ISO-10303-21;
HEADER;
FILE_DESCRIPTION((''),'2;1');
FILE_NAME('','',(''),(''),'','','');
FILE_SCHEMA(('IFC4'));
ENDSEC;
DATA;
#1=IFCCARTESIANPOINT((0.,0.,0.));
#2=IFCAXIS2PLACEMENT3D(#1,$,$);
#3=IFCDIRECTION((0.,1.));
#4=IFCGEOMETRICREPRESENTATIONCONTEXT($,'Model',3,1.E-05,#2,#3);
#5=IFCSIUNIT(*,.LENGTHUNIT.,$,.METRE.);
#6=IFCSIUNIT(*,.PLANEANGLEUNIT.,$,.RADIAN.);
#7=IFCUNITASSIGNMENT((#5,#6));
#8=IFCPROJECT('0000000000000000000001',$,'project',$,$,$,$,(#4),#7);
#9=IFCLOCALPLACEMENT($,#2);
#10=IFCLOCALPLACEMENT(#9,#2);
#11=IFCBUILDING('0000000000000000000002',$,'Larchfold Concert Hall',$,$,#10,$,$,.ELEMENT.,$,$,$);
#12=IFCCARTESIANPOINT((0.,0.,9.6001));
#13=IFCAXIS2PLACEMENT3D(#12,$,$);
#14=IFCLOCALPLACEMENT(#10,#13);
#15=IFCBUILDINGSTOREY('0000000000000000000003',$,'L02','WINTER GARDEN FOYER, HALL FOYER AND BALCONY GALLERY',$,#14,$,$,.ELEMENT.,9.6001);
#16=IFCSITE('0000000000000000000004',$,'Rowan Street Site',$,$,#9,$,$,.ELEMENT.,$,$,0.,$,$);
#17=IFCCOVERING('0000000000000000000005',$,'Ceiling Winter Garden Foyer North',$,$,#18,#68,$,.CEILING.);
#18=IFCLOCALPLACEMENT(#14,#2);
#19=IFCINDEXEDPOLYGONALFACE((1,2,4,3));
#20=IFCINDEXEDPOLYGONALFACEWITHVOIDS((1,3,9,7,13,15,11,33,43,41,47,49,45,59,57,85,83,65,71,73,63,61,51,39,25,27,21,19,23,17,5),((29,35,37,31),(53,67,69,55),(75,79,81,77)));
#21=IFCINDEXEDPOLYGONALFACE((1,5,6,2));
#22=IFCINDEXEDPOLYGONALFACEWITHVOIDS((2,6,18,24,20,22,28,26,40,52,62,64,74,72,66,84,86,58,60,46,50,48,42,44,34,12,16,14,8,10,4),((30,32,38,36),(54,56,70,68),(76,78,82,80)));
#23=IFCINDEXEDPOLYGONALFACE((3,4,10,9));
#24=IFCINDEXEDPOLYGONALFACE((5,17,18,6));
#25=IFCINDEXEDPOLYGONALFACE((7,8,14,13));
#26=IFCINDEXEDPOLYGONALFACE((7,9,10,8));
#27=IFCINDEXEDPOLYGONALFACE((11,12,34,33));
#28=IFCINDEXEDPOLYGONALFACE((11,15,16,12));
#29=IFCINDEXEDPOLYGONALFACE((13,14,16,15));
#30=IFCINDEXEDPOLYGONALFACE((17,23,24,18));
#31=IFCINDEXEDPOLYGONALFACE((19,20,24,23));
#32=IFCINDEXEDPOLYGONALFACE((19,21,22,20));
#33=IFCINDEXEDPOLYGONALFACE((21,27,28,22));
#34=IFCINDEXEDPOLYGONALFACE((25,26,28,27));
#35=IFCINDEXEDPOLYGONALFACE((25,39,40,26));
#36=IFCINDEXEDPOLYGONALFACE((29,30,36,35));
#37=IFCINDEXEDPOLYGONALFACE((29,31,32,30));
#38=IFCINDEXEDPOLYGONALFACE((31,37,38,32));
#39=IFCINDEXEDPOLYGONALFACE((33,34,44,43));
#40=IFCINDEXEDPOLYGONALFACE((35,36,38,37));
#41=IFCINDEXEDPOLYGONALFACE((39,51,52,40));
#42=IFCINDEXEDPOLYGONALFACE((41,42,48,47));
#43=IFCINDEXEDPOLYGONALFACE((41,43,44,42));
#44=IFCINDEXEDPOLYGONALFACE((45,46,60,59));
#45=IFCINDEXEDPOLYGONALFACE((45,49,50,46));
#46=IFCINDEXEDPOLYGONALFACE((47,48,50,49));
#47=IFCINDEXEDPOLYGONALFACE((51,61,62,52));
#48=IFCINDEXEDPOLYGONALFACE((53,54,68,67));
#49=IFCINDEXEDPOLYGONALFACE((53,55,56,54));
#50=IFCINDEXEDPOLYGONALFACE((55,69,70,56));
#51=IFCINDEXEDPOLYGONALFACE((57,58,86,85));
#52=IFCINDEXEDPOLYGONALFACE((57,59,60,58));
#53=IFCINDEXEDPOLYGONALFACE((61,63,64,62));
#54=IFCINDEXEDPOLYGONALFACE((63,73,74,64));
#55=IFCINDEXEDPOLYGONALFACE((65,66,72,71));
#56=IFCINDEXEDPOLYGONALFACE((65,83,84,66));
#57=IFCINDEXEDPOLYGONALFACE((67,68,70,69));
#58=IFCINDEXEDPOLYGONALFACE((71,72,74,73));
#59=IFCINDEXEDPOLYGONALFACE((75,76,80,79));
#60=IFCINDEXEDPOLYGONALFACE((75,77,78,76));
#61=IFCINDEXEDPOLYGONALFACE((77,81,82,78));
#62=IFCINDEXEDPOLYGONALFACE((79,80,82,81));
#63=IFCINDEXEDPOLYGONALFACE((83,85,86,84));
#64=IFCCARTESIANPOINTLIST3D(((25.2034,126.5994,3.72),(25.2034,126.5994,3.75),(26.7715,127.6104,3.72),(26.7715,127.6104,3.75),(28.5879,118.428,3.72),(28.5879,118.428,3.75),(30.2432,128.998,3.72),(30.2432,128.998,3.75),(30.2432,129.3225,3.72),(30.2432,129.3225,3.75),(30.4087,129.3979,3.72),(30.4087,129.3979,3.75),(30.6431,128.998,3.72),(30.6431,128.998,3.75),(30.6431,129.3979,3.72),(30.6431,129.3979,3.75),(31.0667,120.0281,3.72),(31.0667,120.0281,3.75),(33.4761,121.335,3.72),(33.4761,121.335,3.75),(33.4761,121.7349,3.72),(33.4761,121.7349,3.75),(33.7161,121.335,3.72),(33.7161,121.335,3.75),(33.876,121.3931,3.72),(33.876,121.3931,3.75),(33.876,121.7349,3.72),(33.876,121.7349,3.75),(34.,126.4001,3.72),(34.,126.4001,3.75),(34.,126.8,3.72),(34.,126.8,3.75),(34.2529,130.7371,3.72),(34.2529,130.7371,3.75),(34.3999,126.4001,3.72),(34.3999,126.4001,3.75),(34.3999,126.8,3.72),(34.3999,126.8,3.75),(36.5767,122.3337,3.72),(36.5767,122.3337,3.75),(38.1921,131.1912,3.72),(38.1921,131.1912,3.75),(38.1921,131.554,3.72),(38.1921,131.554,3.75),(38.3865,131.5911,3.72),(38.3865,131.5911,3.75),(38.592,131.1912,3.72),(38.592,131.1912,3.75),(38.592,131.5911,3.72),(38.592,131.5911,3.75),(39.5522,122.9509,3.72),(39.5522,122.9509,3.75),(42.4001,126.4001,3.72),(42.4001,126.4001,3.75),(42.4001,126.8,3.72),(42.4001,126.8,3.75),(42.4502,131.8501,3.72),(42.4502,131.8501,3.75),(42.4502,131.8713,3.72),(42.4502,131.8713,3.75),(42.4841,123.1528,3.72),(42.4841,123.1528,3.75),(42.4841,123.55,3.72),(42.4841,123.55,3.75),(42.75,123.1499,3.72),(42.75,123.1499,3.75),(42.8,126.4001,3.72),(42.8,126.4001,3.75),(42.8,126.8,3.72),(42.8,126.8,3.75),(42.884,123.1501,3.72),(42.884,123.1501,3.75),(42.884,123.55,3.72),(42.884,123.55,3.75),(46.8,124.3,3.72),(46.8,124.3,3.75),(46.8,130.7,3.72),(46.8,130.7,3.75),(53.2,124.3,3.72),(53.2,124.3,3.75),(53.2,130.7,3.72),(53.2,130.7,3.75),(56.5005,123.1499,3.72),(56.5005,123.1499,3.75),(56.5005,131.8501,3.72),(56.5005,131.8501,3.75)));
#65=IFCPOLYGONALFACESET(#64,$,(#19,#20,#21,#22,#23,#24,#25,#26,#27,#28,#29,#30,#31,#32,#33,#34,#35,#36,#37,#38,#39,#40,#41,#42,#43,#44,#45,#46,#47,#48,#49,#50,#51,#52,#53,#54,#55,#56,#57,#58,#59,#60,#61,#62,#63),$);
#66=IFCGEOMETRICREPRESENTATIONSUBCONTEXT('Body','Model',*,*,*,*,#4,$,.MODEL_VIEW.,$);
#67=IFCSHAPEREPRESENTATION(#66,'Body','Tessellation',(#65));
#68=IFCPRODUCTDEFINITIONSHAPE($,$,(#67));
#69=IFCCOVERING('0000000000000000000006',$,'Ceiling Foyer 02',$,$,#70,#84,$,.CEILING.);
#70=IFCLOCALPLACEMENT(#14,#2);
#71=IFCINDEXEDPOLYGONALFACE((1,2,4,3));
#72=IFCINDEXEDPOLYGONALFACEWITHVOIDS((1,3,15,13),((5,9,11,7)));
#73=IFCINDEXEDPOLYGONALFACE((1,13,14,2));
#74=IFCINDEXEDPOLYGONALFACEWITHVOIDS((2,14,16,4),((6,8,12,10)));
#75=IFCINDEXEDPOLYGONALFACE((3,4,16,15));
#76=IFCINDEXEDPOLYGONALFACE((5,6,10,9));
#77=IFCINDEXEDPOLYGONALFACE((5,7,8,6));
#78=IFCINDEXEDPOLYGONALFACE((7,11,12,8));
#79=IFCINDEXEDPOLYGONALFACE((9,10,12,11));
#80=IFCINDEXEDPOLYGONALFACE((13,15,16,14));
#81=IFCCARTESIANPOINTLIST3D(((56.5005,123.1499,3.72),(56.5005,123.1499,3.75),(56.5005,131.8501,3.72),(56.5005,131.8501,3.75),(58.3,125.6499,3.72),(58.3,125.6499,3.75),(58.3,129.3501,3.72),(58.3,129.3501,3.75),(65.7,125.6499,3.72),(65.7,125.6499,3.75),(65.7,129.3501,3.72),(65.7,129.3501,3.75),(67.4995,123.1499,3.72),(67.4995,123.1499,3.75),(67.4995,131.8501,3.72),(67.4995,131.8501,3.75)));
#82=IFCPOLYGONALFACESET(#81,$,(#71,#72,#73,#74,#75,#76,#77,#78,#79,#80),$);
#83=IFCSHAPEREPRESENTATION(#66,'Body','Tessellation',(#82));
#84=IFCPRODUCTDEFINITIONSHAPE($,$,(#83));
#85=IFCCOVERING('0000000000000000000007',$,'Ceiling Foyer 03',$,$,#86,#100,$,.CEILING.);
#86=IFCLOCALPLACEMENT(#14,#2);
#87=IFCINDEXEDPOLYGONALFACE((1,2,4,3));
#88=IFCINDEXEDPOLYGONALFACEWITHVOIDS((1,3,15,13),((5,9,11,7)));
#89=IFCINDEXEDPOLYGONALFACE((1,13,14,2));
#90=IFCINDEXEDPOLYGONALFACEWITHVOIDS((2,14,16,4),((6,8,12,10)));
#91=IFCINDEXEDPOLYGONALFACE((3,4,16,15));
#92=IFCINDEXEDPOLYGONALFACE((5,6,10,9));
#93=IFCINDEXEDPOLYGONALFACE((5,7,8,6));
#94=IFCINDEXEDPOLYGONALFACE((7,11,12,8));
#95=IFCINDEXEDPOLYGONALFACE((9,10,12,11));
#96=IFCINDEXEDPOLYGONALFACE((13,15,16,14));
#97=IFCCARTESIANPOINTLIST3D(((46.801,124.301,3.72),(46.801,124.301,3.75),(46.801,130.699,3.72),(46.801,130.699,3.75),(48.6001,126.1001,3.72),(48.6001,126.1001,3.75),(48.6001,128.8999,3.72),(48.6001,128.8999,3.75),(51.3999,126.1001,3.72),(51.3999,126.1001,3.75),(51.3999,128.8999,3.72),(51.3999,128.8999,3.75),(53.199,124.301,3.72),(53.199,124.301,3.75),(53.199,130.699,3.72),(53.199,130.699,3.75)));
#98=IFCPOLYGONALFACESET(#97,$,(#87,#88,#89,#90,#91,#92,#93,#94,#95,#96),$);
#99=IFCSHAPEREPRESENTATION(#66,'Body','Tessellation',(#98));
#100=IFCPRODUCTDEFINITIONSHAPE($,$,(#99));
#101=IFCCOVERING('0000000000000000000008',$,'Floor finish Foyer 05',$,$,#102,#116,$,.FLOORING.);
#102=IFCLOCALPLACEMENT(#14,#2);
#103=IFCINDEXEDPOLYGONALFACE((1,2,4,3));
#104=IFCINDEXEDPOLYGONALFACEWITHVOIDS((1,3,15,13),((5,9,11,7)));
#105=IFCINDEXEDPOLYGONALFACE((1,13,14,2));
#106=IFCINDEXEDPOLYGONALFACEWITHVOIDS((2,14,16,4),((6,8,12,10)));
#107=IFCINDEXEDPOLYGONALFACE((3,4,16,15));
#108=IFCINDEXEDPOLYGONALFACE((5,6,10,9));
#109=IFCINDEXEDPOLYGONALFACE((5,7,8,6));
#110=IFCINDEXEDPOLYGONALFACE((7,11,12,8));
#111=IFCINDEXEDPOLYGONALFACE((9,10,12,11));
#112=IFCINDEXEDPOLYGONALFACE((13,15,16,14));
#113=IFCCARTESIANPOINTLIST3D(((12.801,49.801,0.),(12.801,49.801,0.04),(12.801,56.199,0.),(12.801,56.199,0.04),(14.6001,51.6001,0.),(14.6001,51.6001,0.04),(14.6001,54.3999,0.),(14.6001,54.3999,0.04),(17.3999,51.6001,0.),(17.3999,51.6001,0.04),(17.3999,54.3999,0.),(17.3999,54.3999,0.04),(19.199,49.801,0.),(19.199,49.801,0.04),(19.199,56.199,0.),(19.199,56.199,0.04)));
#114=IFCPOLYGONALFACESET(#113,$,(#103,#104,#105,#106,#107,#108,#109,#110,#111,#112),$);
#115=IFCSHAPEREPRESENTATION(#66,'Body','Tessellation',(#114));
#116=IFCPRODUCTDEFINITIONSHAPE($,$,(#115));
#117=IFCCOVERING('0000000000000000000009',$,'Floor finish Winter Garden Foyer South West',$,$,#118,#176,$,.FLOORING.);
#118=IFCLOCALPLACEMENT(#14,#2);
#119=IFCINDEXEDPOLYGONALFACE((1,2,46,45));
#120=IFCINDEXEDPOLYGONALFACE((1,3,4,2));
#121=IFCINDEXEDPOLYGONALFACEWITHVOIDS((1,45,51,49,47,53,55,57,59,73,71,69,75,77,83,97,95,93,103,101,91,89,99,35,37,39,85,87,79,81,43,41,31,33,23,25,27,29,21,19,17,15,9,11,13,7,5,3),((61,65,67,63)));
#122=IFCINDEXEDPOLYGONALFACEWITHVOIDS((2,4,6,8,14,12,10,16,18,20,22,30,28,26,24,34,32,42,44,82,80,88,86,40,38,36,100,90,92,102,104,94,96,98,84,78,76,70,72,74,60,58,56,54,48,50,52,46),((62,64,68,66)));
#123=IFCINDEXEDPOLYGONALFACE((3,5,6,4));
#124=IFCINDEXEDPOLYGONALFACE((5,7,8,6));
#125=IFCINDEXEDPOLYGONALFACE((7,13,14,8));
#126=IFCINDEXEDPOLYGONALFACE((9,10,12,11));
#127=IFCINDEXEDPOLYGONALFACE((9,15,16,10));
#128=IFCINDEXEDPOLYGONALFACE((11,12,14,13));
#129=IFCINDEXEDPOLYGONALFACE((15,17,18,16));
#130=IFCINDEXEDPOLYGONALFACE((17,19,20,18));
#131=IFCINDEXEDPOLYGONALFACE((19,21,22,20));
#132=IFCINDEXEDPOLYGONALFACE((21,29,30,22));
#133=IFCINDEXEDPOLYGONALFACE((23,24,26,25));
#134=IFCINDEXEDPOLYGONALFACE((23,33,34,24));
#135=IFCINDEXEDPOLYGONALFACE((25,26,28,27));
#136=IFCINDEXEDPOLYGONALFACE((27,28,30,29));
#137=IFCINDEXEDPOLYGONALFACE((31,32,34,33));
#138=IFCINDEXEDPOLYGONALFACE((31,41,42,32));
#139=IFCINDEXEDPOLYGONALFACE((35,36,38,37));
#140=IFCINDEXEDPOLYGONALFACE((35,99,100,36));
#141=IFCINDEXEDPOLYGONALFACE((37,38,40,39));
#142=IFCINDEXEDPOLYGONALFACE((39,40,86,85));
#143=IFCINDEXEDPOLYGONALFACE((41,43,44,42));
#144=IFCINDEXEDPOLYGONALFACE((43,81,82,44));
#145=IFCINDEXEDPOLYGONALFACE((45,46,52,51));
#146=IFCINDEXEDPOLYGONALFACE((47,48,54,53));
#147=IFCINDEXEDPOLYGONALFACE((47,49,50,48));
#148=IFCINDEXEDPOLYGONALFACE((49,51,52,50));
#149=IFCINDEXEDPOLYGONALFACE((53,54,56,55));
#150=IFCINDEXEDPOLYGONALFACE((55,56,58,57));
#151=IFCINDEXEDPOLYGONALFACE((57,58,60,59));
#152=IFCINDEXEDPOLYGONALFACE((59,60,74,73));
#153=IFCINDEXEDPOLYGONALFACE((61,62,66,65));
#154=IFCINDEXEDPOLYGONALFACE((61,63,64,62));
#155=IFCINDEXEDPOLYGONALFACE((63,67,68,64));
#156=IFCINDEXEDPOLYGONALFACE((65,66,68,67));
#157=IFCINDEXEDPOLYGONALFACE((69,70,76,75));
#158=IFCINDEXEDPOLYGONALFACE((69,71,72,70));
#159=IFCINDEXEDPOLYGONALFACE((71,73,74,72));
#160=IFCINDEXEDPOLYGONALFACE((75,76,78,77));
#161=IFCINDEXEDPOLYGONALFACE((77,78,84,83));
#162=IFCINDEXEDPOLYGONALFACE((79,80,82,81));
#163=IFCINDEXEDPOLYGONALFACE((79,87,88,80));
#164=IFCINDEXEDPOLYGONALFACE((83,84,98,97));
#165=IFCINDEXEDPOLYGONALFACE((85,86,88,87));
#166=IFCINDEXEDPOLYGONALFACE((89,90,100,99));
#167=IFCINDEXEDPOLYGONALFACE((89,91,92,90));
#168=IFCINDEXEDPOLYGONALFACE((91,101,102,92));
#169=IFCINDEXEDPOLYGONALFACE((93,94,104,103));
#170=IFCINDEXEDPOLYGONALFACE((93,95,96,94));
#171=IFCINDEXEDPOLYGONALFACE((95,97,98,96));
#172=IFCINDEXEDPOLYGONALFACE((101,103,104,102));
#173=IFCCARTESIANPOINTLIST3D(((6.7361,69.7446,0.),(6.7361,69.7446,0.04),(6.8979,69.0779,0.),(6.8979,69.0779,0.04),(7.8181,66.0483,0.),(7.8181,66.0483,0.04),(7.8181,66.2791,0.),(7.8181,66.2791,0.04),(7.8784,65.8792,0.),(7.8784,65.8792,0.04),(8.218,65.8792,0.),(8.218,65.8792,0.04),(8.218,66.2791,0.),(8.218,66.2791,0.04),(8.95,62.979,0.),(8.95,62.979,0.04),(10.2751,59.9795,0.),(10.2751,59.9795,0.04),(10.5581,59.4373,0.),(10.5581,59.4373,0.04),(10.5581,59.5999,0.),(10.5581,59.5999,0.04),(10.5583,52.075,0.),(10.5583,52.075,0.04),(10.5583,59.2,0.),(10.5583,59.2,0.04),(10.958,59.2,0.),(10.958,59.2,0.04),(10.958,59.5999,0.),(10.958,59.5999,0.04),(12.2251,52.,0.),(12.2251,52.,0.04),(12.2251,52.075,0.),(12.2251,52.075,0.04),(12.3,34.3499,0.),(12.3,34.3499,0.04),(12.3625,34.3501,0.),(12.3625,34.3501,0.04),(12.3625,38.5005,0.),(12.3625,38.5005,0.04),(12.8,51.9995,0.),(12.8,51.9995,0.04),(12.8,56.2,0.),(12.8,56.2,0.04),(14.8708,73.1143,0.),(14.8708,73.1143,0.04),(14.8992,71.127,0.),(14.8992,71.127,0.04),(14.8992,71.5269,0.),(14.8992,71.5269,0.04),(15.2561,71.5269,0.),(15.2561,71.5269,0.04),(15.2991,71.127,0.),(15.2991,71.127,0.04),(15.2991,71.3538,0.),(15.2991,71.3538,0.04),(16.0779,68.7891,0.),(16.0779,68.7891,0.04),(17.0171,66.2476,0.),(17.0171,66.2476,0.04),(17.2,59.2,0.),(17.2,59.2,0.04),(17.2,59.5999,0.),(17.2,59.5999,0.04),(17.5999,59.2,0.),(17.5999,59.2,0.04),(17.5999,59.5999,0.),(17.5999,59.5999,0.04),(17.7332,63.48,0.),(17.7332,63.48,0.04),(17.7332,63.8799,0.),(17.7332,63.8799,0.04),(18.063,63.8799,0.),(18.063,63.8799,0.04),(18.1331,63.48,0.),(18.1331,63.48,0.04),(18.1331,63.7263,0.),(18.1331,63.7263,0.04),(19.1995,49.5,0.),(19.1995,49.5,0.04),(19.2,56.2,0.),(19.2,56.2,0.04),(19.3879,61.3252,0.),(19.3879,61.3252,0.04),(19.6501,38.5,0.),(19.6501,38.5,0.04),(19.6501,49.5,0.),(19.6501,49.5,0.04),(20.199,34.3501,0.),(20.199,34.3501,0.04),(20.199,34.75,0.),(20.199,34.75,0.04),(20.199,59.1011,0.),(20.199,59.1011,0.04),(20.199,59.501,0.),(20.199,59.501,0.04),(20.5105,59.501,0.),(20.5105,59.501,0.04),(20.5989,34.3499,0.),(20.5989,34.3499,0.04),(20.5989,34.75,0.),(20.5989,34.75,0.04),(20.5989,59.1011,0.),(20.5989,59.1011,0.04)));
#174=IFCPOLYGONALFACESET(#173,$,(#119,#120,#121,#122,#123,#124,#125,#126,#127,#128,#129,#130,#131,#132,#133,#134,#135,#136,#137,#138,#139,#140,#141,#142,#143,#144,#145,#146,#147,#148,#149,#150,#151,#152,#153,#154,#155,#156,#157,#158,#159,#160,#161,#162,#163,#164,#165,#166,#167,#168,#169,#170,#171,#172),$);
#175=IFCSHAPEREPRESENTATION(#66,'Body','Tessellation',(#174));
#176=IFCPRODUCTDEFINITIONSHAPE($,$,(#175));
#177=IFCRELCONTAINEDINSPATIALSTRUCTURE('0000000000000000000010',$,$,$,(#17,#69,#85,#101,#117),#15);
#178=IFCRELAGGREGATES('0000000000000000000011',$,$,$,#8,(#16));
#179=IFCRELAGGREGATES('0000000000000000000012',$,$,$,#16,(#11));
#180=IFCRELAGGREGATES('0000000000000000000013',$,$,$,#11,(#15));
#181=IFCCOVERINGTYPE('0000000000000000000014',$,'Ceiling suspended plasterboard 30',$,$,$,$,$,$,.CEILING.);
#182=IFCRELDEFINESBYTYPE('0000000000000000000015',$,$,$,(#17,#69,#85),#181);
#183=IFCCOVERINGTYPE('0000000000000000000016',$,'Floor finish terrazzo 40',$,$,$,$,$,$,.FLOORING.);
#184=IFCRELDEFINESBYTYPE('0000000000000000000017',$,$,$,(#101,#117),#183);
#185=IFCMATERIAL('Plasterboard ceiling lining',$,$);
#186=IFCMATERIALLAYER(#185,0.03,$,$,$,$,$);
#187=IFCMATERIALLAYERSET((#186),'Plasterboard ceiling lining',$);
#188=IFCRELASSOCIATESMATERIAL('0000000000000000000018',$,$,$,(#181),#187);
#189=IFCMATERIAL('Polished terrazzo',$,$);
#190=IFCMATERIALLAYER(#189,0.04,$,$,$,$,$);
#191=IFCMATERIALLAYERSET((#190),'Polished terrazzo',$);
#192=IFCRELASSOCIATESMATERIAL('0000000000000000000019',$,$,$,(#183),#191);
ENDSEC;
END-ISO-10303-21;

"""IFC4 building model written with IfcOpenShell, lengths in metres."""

from ifc_helpers import new_model, si_unit, direction, frame, origin, place, context, subcontext, project, spatial, polyline, outline, extrude, material, layer, layer_set, type_object, element, save


model = new_model("IFC4")

# Units and contexts
model_context = context("Model", 3, precision=1e-05, world=origin(), true_north=direction((0.0, 1.0)))
body_context = subcontext(model_context, "Body", "Model", "MODEL_VIEW")
ifc_project = project(units=[si_unit("LENGTHUNIT", "METRE"), si_unit("PLANEANGLEUNIT", "RADIAN")], contexts=[model_context])

# Site, building, storey
site_placement = place(None, origin())
site = spatial("IfcSite", under=ifc_project, at=site_placement, Name="Rowan Street Site", CompositionType="ELEMENT", RefElevation=0.0)
building_placement = place(site_placement, origin())
building = spatial("IfcBuilding", under=site, at=building_placement, Name="Larchfold Concert Hall", CompositionType="ELEMENT")
storey_placement = place(building_placement, frame((0.0, 0.0, 9.6001)))
storey = spatial("IfcBuildingStorey", under=building, at=storey_placement, Name="L02", Description="WINTER GARDEN FOYER, HALL FOYER AND BALCONY GALLERY", CompositionType="ELEMENT", Elevation=9.6001)

# Coverings
ifc_material_1 = material(Name="Plasterboard ceiling lining")
ifc_layer_1 = layer(ifc_material_1, 0.03)
ifc_layer_set_1 = layer_set([ifc_layer_1], Name="Plasterboard ceiling lining")
covering_type_1 = type_object("IfcCoveringType", Name="Ceiling suspended plasterboard 30", PredefinedType="CEILING", material=ifc_layer_set_1)
covering_1_placement = place(storey_placement, frame((0.0, 0.0, 3.72)))
element("IfcCovering", 1, at=covering_1_placement, inside=storey, type_object=covering_type_1, Name="Ceiling Winter Garden Foyer North", PredefinedType="CEILING", context=body_context, shape_type="SweptSolid", body=[
    extrude(outline(polyline([(30.4087, 129.3979), (30.6431, 129.3979), (30.6431, 128.998), (30.2432, 128.998), (30.2432, 129.3225), (26.7715, 127.6104), (25.2034, 126.5994), (28.5879, 118.428), (31.0667, 120.0281), (33.7161, 121.335), (33.4761, 121.335), (33.4761, 121.7349), (33.876, 121.7349), (33.876, 121.3931), (36.5767, 122.3337), (39.5522, 122.9509), (42.4841, 123.1528), (42.4841, 123.55), (42.884, 123.55), (42.884, 123.1501), (42.75, 123.1499), (56.5005, 123.1499), (56.5005, 131.8501), (42.4502, 131.8501), (42.4502, 131.8713), (38.3865, 131.5911), (38.592, 131.5911), (38.592, 131.1912), (38.1921, 131.1912), (38.1921, 131.554), (34.2529, 130.7371), (30.4087, 129.3979)]), holes=[polyline([(46.8, 130.7), (53.2, 130.7), (53.2, 124.3), (46.8, 124.3), (46.8, 130.7)]), polyline([(42.8, 126.4001), (42.4001, 126.4001), (42.4001, 126.8), (42.8, 126.8), (42.8, 126.4001)]), polyline([(34.3999, 126.4001), (34.0, 126.4001), (34.0, 126.8), (34.3999, 126.8), (34.3999, 126.4001)])]), origin(), (0.0, 0.0, 1.0), 0.03),
])
covering_2_placement = place(storey_placement, frame((0.0, 0.0, 3.72)))
element("IfcCovering", 2, at=covering_2_placement, inside=storey, type_object=covering_type_1, Name="Ceiling Foyer 02", PredefinedType="CEILING", context=body_context, shape_type="SweptSolid", body=[
    extrude(outline(polyline([(67.4995, 131.8501), (56.5005, 131.8501), (56.5005, 123.1499), (67.4995, 123.1499), (67.4995, 131.8501)]), holes=[polyline([(65.7, 125.6499), (58.3, 125.6499), (58.3, 129.3501), (65.7, 129.3501), (65.7, 125.6499)])]), origin(), (0.0, 0.0, 1.0), 0.03),
])
covering_3_placement = place(storey_placement, frame((0.0, 0.0, 3.72)))
element("IfcCovering", 3, at=covering_3_placement, inside=storey, type_object=covering_type_1, Name="Ceiling Foyer 03", PredefinedType="CEILING", context=body_context, shape_type="SweptSolid", body=[
    extrude(outline(polyline([(46.801, 124.301), (53.199, 124.301), (53.199, 130.699), (46.801, 130.699), (46.801, 124.301)]), holes=[polyline([(48.6001, 128.8999), (51.3999, 128.8999), (51.3999, 126.1001), (48.6001, 126.1001), (48.6001, 128.8999)])]), origin(), (0.0, 0.0, 1.0), 0.03),
])
ifc_material_2 = material(Name="Polished terrazzo")
ifc_layer_2 = layer(ifc_material_2, 0.04)
ifc_layer_set_2 = layer_set([ifc_layer_2], Name="Polished terrazzo")
covering_type_2 = type_object("IfcCoveringType", Name="Floor finish terrazzo 40", PredefinedType="FLOORING", material=ifc_layer_set_2)
covering_4_placement = place(storey_placement, origin())
element("IfcCovering", 4, at=covering_4_placement, inside=storey, type_object=covering_type_2, Name="Floor finish Foyer 05", PredefinedType="FLOORING", context=body_context, shape_type="SweptSolid", body=[
    extrude(outline(polyline([(12.801, 49.801), (19.199, 49.801), (19.199, 56.199), (12.801, 56.199), (12.801, 49.801)]), holes=[polyline([(14.6001, 54.3999), (17.3999, 54.3999), (17.3999, 51.6001), (14.6001, 51.6001), (14.6001, 54.3999)])]), origin(), (0.0, 0.0, 1.0), 0.04),
])
covering_5_placement = place(storey_placement, origin())
element("IfcCovering", 5, at=covering_5_placement, inside=storey, type_object=covering_type_2, Name="Floor finish Winter Garden Foyer South West", PredefinedType="FLOORING", context=body_context, shape_type="SweptSolid", body=[
    extrude(outline(polyline([(7.8181, 66.0483), (7.8181, 66.2791), (8.218, 66.2791), (8.218, 65.8792), (7.8784, 65.8792), (8.95, 62.979), (10.2751, 59.9795), (10.5581, 59.4373), (10.5581, 59.5999), (10.958, 59.5999), (10.958, 59.2), (10.5583, 59.2), (10.5583, 52.075), (12.2251, 52.075), (12.2251, 52.0), (12.8, 51.9995), (12.8, 56.2), (19.2, 56.2), (19.1995, 49.5), (19.6501, 49.5), (19.6501, 38.5), (12.3625, 38.5005), (12.3625, 34.3501), (12.3, 34.3499), (20.5989, 34.3499), (20.199, 34.3501), (20.199, 34.75), (20.5989, 34.75), (20.5989, 59.1011), (20.199, 59.1011), (20.199, 59.501), (20.5105, 59.501), (19.3879, 61.3252), (18.1331, 63.7263), (18.1331, 63.48), (17.7332, 63.48), (17.7332, 63.8799), (18.063, 63.8799), (17.0171, 66.2476), (16.0779, 68.7891), (15.2991, 71.3538), (15.2991, 71.127), (14.8992, 71.127), (14.8992, 71.5269), (15.2561, 71.5269), (14.8708, 73.1143), (6.7361, 69.7446), (6.8979, 69.0779), (7.8181, 66.0483)]), holes=[polyline([(17.5999, 59.2), (17.2, 59.2), (17.2, 59.5999), (17.5999, 59.5999), (17.5999, 59.2)])]), origin(), (0.0, 0.0, 1.0), 0.04),
])

save(model, "model.ifc")
